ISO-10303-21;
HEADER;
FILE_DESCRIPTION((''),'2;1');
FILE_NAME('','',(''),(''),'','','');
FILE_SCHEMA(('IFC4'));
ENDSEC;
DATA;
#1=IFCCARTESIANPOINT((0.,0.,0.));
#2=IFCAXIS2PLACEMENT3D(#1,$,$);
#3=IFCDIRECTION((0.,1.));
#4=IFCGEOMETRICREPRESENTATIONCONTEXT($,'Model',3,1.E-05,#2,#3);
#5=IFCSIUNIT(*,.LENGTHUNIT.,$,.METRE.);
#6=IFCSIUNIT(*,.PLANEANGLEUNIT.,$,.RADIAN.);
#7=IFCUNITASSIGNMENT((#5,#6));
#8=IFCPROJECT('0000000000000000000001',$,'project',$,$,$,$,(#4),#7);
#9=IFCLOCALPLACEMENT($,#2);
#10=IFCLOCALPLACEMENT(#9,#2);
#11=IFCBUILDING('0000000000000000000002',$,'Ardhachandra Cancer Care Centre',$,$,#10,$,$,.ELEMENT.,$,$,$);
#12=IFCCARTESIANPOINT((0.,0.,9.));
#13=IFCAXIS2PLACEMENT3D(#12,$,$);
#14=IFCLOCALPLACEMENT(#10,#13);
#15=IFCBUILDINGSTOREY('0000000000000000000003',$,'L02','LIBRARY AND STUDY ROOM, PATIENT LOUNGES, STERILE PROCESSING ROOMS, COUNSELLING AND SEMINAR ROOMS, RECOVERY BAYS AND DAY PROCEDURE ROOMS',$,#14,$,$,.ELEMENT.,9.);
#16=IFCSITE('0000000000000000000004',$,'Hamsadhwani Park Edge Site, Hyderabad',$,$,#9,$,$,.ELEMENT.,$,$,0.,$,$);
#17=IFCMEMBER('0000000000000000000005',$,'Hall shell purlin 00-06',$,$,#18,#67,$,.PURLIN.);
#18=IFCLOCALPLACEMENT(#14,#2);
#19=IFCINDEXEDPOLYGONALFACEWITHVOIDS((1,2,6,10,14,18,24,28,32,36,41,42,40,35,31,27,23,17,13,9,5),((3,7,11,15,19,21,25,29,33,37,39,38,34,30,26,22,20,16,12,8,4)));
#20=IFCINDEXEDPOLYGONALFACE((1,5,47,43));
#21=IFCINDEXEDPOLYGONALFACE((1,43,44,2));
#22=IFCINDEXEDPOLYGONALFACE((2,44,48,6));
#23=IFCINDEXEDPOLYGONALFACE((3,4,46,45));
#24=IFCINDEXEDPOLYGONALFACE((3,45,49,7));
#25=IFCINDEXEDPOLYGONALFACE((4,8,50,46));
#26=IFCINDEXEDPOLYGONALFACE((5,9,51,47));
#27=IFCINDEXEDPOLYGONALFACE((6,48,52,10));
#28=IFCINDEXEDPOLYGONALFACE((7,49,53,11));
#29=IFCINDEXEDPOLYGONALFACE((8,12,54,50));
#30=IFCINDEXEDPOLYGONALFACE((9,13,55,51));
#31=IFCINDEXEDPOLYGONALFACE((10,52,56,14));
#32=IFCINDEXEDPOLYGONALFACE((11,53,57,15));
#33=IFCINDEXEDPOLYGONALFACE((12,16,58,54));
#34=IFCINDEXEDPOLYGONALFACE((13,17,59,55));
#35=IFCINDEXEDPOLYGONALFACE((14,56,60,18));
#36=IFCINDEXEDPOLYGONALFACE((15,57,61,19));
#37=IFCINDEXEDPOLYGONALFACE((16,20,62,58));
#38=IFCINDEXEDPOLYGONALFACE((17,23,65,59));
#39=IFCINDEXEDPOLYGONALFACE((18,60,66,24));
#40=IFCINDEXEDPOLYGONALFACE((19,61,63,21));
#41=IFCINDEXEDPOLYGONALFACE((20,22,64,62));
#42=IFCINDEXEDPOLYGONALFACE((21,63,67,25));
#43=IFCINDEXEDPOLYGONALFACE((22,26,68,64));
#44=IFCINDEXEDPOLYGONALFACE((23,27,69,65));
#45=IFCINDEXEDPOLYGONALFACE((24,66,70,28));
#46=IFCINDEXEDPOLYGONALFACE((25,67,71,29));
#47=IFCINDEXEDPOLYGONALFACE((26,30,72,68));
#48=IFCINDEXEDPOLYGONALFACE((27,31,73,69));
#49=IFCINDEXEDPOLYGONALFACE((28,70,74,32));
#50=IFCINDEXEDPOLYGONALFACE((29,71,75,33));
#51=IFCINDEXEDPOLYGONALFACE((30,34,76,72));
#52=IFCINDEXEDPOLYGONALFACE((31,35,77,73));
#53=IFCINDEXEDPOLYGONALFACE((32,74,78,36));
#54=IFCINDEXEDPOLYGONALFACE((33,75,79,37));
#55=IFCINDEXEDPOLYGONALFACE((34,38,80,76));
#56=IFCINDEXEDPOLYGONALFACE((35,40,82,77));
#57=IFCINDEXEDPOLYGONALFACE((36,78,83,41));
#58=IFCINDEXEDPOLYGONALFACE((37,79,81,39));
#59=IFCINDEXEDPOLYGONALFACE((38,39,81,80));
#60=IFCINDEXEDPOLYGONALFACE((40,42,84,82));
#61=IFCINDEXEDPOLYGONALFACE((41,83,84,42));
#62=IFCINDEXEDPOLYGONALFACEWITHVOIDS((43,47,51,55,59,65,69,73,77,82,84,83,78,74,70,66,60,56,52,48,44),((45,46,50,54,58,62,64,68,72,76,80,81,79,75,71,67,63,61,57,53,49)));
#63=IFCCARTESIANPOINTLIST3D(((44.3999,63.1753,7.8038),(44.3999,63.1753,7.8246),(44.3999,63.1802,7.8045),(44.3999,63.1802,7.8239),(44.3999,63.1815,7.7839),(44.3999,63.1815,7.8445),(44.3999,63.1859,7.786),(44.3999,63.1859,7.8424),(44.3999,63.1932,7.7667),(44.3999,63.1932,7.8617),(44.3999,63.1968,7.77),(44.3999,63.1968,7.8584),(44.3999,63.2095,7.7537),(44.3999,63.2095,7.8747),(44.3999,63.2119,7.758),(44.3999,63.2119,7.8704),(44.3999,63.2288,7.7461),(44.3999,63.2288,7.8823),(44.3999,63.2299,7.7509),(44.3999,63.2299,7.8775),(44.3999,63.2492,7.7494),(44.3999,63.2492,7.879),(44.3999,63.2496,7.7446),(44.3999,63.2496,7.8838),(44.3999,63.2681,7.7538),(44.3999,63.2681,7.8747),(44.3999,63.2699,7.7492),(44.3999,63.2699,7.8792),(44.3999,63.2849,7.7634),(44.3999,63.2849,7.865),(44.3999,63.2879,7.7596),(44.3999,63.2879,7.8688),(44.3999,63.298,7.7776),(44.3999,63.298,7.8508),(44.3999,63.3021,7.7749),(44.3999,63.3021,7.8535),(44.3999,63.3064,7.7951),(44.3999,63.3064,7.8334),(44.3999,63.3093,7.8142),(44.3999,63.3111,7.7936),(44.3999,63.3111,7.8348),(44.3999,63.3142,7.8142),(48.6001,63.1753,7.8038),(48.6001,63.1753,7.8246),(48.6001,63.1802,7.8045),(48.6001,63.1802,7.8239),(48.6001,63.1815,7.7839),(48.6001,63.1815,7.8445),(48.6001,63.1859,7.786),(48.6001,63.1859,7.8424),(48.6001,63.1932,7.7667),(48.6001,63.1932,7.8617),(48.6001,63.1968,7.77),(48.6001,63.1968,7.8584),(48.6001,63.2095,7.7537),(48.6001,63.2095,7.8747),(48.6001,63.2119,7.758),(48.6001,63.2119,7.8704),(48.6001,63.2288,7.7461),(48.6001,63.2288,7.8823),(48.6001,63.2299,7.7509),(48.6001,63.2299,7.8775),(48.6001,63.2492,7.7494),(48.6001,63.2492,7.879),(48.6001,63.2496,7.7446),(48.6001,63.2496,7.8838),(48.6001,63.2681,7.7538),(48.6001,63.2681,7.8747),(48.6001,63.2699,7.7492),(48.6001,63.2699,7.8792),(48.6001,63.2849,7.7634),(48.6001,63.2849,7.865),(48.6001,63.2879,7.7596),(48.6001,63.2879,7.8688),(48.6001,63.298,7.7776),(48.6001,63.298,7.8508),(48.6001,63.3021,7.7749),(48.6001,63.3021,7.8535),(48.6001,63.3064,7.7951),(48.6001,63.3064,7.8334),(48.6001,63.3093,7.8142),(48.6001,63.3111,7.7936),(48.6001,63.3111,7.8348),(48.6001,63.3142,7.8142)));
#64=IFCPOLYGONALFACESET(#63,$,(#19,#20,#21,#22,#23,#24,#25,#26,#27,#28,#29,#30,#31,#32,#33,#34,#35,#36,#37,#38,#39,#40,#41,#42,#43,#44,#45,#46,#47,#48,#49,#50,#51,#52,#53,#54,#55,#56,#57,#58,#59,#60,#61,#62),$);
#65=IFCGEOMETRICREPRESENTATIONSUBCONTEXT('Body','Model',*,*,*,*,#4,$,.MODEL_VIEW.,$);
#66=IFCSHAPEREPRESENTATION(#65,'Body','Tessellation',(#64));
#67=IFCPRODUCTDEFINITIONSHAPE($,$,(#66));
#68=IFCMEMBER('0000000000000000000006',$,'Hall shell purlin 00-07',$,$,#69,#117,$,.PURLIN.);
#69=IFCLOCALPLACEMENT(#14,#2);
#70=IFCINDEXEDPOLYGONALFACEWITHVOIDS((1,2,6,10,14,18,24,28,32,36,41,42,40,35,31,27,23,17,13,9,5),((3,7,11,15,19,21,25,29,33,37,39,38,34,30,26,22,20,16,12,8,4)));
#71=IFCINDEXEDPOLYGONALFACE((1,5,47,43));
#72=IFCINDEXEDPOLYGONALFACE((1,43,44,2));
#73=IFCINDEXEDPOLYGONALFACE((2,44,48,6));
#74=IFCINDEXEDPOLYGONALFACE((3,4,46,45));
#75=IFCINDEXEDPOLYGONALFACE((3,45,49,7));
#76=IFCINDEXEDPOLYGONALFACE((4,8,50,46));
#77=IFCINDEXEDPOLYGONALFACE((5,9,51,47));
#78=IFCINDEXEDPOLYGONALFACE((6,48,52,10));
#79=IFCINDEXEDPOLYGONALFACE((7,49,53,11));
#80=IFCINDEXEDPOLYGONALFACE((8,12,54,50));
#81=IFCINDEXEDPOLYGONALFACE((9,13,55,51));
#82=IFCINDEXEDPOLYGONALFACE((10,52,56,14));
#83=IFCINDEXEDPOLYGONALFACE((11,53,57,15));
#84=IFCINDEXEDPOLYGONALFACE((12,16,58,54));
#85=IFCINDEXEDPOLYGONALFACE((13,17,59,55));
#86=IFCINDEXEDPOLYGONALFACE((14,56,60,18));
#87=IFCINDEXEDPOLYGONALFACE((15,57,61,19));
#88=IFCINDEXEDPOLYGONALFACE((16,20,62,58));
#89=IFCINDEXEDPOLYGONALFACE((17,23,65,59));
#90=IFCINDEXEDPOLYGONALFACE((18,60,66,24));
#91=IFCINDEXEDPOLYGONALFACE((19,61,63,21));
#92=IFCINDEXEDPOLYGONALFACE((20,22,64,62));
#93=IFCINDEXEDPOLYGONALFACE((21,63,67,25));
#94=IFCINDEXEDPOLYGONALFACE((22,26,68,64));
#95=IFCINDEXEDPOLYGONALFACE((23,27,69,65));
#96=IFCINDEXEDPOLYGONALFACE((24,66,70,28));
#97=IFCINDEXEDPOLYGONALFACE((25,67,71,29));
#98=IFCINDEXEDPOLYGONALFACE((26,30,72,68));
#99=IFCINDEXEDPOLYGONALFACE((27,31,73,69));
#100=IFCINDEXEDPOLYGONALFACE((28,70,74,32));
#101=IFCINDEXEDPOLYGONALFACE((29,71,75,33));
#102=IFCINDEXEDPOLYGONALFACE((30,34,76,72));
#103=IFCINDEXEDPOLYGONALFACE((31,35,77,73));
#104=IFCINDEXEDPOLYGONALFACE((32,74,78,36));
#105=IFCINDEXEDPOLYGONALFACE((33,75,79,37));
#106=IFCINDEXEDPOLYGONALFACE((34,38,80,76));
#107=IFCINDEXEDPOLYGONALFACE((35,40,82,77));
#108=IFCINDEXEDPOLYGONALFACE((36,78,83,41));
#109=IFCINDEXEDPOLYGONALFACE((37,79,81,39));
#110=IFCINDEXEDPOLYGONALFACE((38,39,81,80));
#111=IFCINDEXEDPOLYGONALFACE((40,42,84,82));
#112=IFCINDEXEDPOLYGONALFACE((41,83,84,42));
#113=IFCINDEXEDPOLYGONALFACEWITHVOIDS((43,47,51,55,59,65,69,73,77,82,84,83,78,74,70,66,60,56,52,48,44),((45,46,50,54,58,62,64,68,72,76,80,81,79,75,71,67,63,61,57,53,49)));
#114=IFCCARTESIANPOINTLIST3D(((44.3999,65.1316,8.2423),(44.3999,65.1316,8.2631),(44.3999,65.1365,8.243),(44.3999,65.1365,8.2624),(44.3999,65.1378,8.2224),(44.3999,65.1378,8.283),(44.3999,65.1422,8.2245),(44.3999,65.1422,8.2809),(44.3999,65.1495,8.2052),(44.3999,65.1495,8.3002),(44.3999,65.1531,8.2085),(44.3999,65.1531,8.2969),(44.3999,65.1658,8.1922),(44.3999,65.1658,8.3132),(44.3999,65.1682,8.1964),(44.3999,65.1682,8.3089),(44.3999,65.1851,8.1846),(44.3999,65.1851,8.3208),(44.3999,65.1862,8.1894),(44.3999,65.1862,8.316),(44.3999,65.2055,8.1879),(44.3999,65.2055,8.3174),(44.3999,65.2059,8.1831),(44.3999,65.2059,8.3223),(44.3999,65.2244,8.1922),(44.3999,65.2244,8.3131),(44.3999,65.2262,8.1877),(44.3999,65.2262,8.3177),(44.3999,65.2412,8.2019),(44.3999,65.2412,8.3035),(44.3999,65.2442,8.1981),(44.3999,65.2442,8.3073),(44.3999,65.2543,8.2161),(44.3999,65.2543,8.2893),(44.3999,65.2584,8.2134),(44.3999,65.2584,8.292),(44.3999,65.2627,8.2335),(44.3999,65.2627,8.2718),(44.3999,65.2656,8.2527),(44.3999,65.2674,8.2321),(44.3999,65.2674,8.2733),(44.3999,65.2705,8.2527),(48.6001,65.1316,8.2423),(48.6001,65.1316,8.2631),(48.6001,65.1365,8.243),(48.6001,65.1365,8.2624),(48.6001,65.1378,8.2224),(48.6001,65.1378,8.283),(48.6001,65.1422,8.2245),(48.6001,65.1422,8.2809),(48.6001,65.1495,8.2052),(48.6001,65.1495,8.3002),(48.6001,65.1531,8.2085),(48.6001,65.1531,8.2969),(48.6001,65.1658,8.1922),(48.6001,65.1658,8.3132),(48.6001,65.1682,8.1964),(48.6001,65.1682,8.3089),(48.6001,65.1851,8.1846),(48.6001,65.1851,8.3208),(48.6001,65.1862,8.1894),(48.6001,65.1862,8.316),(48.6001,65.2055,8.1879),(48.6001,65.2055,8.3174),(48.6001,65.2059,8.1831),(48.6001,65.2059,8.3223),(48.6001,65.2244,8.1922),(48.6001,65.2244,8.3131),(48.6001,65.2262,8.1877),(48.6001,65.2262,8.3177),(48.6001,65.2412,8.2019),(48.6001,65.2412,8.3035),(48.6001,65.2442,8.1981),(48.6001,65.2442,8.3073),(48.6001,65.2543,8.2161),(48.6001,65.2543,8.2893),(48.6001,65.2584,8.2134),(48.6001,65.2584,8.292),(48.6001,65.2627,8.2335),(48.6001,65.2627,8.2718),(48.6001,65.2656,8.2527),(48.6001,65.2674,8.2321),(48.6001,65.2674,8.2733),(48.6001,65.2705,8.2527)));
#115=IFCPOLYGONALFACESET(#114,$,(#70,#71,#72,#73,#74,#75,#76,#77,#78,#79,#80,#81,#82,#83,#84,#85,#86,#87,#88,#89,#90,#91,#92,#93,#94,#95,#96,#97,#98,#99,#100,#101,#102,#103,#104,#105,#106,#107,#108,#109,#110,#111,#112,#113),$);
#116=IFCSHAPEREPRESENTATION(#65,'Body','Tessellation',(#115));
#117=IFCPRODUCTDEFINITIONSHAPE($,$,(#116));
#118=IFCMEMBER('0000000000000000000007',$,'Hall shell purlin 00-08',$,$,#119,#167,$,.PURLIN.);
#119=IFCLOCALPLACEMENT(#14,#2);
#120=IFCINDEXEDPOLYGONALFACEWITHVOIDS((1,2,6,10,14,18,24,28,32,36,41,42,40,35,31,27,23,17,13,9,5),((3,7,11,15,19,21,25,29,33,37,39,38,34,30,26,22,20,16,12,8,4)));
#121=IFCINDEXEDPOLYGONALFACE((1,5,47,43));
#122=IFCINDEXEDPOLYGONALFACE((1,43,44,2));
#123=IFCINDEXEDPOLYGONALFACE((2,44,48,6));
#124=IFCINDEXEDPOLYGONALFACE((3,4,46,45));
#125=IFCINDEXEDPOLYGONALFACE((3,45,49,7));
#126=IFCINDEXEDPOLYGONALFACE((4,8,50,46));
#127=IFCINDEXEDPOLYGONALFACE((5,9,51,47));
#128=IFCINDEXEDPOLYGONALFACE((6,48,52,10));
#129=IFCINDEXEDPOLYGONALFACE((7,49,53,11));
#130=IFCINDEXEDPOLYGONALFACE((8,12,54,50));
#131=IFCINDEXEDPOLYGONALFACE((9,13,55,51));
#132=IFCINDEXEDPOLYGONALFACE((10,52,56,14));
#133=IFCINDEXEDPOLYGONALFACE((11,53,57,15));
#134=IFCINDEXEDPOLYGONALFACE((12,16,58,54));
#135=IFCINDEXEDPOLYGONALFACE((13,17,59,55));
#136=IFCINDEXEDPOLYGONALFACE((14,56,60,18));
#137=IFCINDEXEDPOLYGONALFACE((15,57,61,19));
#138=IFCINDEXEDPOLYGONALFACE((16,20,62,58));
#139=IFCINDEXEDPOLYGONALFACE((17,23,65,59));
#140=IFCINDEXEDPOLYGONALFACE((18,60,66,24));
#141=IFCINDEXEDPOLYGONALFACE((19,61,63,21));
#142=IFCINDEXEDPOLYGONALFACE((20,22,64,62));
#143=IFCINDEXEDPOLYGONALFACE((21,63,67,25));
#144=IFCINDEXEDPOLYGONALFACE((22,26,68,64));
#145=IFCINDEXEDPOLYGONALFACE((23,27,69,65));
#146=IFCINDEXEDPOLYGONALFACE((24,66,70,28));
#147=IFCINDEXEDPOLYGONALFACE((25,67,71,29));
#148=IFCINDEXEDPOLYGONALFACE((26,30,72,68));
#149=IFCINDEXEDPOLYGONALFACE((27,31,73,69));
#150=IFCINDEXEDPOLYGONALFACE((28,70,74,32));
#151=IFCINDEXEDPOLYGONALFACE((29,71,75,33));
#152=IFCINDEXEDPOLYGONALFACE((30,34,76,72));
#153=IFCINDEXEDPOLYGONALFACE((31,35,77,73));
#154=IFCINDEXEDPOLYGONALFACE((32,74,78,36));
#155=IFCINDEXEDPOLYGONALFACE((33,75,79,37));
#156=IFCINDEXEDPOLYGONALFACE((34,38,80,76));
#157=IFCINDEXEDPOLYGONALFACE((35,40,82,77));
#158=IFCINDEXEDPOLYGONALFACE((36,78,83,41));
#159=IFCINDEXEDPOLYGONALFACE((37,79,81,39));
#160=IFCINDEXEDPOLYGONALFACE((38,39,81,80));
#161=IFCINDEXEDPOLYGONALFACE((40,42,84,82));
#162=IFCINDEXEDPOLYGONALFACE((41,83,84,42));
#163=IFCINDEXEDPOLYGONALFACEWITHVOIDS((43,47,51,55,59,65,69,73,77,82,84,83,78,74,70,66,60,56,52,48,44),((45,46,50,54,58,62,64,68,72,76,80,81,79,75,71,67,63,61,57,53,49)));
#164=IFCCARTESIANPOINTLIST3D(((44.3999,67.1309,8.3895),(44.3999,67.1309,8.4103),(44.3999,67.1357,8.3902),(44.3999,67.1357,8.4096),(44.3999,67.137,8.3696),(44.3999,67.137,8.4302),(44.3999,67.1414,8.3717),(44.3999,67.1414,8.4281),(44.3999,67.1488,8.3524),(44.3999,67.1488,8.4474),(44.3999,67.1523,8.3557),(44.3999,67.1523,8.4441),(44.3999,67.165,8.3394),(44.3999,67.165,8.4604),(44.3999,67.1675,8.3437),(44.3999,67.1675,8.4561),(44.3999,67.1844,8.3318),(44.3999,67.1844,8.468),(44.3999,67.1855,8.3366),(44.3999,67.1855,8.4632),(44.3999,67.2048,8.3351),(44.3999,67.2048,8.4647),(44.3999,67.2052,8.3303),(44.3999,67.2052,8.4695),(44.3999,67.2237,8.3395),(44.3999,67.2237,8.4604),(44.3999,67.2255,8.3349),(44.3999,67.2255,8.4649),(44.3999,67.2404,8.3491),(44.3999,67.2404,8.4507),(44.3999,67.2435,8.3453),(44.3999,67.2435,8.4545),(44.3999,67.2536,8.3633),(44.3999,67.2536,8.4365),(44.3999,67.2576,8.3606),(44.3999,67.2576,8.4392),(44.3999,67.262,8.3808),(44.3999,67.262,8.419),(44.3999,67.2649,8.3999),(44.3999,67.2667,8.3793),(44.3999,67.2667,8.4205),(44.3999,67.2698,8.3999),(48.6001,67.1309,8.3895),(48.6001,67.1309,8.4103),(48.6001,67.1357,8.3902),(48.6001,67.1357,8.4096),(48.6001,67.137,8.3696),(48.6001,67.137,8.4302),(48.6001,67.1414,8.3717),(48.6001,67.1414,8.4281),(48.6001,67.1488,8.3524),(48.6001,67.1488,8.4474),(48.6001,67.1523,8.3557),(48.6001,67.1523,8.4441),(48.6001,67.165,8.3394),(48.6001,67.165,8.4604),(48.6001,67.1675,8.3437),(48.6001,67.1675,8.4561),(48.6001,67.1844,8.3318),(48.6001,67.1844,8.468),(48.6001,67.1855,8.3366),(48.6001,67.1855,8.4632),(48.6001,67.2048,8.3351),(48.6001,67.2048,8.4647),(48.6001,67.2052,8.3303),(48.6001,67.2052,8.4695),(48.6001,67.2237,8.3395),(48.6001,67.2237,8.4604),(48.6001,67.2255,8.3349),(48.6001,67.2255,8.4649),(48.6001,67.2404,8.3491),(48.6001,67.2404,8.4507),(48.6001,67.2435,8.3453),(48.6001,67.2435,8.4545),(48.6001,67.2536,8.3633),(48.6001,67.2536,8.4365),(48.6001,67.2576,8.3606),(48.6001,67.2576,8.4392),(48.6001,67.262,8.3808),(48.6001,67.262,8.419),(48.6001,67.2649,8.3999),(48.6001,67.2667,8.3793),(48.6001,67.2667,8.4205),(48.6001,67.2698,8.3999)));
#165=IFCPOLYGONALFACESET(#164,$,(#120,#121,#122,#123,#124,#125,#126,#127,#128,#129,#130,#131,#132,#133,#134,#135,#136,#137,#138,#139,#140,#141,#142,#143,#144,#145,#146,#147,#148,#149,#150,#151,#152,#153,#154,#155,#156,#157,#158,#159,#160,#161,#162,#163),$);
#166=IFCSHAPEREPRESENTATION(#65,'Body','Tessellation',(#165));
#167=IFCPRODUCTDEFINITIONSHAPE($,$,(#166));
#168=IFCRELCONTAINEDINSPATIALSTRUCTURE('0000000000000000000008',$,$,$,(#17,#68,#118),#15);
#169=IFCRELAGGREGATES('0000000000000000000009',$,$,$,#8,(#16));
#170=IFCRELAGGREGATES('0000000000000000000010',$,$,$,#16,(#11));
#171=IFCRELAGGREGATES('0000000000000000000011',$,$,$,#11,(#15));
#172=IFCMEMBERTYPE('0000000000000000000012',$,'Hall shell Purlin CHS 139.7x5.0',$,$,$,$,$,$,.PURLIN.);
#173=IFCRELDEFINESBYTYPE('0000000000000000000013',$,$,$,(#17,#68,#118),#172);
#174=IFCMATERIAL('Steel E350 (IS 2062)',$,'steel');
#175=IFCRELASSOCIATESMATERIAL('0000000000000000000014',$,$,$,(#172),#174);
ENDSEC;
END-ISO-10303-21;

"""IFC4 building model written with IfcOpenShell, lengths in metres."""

from ifc_helpers import new_model, si_unit, direction, frame, origin, origin_2d, place, context, subcontext, project, spatial, hollow_circle, extrude, material, material_profile, profile_set, type_object, element, save


model = new_model("IFC4")

# Units and contexts
model_context = context("Model", 3, precision=1e-05, world=origin(), true_north=direction((0.0, 1.0)))
body_context = subcontext(model_context, "Body", "Model", "MODEL_VIEW")
ifc_project = project(units=[si_unit("LENGTHUNIT", "METRE"), si_unit("PLANEANGLEUNIT", "RADIAN")], contexts=[model_context])

# Site, building, storey
site_placement = place(None, origin())
site = spatial("IfcSite", under=ifc_project, at=site_placement, Name="Hamsadhwani Park Edge Site, Hyderabad", CompositionType="ELEMENT", RefElevation=0.0)
building_placement = place(site_placement, origin())
building = spatial("IfcBuilding", under=site, at=building_placement, Name="Ardhachandra Cancer Care Centre", CompositionType="ELEMENT")
storey_placement = place(building_placement, frame((0.0, 0.0, 9.0)))
storey = spatial("IfcBuildingStorey", under=building, at=storey_placement, Name="L02", Description="LIBRARY AND STUDY ROOM, PATIENT LOUNGES, STERILE PROCESSING ROOMS, COUNSELLING AND SEMINAR ROOMS, RECOVERY BAYS AND DAY PROCEDURE ROOMS", CompositionType="ELEMENT", Elevation=9.0)

# Members
ifc_material_1 = material(Name="Steel E350 (IS 2062)", Category="steel")
ifc_material_profile_1 = material_profile(ifc_material_1, hollow_circle(Radius=0.0698, WallThickness=0.0049, at=origin_2d()), Name="CHS 139.7x5.0")
ifc_profile_set_1 = profile_set([ifc_material_profile_1], Name="Steel E350 (IS 2062)")
member_type_1 = type_object("IfcMemberType", Name="Hall shell Purlin CHS 139.7x5.0", PredefinedType="PURLIN", material=ifc_profile_set_1)
for number, where, z_axis, x_axis, name in (
    (1, (44.3999, 63.2444, 7.8142), (1.0, 0.0, 0.0), (0.0, 1.0, 0.0), "Hall shell purlin 00-06"),
    (2, (44.3999, 65.2007, 8.2527), (1.0, 0.0, 0.0), (0.0, 1.0, 0.0), "Hall shell purlin 00-07"),
    (3, (44.3999, 67.2, 8.3999), (1.0, 0.0, 0.0), (0.0, 1.0, 0.0), "Hall shell purlin 00-08"),
):
    element("IfcMember", number, at=place(storey_placement, frame(where, z_axis=z_axis, x_axis=x_axis)), inside=storey, type_object=member_type_1, Name=name, PredefinedType="PURLIN", context=body_context, shape_type="SweptSolid", body=[
        extrude(hollow_circle(Radius=0.0698, WallThickness=0.0049, at=origin_2d()), origin(), (0.0, 0.0, 1.0), 4.2002),
    ])

save(model, "model.ifc")
